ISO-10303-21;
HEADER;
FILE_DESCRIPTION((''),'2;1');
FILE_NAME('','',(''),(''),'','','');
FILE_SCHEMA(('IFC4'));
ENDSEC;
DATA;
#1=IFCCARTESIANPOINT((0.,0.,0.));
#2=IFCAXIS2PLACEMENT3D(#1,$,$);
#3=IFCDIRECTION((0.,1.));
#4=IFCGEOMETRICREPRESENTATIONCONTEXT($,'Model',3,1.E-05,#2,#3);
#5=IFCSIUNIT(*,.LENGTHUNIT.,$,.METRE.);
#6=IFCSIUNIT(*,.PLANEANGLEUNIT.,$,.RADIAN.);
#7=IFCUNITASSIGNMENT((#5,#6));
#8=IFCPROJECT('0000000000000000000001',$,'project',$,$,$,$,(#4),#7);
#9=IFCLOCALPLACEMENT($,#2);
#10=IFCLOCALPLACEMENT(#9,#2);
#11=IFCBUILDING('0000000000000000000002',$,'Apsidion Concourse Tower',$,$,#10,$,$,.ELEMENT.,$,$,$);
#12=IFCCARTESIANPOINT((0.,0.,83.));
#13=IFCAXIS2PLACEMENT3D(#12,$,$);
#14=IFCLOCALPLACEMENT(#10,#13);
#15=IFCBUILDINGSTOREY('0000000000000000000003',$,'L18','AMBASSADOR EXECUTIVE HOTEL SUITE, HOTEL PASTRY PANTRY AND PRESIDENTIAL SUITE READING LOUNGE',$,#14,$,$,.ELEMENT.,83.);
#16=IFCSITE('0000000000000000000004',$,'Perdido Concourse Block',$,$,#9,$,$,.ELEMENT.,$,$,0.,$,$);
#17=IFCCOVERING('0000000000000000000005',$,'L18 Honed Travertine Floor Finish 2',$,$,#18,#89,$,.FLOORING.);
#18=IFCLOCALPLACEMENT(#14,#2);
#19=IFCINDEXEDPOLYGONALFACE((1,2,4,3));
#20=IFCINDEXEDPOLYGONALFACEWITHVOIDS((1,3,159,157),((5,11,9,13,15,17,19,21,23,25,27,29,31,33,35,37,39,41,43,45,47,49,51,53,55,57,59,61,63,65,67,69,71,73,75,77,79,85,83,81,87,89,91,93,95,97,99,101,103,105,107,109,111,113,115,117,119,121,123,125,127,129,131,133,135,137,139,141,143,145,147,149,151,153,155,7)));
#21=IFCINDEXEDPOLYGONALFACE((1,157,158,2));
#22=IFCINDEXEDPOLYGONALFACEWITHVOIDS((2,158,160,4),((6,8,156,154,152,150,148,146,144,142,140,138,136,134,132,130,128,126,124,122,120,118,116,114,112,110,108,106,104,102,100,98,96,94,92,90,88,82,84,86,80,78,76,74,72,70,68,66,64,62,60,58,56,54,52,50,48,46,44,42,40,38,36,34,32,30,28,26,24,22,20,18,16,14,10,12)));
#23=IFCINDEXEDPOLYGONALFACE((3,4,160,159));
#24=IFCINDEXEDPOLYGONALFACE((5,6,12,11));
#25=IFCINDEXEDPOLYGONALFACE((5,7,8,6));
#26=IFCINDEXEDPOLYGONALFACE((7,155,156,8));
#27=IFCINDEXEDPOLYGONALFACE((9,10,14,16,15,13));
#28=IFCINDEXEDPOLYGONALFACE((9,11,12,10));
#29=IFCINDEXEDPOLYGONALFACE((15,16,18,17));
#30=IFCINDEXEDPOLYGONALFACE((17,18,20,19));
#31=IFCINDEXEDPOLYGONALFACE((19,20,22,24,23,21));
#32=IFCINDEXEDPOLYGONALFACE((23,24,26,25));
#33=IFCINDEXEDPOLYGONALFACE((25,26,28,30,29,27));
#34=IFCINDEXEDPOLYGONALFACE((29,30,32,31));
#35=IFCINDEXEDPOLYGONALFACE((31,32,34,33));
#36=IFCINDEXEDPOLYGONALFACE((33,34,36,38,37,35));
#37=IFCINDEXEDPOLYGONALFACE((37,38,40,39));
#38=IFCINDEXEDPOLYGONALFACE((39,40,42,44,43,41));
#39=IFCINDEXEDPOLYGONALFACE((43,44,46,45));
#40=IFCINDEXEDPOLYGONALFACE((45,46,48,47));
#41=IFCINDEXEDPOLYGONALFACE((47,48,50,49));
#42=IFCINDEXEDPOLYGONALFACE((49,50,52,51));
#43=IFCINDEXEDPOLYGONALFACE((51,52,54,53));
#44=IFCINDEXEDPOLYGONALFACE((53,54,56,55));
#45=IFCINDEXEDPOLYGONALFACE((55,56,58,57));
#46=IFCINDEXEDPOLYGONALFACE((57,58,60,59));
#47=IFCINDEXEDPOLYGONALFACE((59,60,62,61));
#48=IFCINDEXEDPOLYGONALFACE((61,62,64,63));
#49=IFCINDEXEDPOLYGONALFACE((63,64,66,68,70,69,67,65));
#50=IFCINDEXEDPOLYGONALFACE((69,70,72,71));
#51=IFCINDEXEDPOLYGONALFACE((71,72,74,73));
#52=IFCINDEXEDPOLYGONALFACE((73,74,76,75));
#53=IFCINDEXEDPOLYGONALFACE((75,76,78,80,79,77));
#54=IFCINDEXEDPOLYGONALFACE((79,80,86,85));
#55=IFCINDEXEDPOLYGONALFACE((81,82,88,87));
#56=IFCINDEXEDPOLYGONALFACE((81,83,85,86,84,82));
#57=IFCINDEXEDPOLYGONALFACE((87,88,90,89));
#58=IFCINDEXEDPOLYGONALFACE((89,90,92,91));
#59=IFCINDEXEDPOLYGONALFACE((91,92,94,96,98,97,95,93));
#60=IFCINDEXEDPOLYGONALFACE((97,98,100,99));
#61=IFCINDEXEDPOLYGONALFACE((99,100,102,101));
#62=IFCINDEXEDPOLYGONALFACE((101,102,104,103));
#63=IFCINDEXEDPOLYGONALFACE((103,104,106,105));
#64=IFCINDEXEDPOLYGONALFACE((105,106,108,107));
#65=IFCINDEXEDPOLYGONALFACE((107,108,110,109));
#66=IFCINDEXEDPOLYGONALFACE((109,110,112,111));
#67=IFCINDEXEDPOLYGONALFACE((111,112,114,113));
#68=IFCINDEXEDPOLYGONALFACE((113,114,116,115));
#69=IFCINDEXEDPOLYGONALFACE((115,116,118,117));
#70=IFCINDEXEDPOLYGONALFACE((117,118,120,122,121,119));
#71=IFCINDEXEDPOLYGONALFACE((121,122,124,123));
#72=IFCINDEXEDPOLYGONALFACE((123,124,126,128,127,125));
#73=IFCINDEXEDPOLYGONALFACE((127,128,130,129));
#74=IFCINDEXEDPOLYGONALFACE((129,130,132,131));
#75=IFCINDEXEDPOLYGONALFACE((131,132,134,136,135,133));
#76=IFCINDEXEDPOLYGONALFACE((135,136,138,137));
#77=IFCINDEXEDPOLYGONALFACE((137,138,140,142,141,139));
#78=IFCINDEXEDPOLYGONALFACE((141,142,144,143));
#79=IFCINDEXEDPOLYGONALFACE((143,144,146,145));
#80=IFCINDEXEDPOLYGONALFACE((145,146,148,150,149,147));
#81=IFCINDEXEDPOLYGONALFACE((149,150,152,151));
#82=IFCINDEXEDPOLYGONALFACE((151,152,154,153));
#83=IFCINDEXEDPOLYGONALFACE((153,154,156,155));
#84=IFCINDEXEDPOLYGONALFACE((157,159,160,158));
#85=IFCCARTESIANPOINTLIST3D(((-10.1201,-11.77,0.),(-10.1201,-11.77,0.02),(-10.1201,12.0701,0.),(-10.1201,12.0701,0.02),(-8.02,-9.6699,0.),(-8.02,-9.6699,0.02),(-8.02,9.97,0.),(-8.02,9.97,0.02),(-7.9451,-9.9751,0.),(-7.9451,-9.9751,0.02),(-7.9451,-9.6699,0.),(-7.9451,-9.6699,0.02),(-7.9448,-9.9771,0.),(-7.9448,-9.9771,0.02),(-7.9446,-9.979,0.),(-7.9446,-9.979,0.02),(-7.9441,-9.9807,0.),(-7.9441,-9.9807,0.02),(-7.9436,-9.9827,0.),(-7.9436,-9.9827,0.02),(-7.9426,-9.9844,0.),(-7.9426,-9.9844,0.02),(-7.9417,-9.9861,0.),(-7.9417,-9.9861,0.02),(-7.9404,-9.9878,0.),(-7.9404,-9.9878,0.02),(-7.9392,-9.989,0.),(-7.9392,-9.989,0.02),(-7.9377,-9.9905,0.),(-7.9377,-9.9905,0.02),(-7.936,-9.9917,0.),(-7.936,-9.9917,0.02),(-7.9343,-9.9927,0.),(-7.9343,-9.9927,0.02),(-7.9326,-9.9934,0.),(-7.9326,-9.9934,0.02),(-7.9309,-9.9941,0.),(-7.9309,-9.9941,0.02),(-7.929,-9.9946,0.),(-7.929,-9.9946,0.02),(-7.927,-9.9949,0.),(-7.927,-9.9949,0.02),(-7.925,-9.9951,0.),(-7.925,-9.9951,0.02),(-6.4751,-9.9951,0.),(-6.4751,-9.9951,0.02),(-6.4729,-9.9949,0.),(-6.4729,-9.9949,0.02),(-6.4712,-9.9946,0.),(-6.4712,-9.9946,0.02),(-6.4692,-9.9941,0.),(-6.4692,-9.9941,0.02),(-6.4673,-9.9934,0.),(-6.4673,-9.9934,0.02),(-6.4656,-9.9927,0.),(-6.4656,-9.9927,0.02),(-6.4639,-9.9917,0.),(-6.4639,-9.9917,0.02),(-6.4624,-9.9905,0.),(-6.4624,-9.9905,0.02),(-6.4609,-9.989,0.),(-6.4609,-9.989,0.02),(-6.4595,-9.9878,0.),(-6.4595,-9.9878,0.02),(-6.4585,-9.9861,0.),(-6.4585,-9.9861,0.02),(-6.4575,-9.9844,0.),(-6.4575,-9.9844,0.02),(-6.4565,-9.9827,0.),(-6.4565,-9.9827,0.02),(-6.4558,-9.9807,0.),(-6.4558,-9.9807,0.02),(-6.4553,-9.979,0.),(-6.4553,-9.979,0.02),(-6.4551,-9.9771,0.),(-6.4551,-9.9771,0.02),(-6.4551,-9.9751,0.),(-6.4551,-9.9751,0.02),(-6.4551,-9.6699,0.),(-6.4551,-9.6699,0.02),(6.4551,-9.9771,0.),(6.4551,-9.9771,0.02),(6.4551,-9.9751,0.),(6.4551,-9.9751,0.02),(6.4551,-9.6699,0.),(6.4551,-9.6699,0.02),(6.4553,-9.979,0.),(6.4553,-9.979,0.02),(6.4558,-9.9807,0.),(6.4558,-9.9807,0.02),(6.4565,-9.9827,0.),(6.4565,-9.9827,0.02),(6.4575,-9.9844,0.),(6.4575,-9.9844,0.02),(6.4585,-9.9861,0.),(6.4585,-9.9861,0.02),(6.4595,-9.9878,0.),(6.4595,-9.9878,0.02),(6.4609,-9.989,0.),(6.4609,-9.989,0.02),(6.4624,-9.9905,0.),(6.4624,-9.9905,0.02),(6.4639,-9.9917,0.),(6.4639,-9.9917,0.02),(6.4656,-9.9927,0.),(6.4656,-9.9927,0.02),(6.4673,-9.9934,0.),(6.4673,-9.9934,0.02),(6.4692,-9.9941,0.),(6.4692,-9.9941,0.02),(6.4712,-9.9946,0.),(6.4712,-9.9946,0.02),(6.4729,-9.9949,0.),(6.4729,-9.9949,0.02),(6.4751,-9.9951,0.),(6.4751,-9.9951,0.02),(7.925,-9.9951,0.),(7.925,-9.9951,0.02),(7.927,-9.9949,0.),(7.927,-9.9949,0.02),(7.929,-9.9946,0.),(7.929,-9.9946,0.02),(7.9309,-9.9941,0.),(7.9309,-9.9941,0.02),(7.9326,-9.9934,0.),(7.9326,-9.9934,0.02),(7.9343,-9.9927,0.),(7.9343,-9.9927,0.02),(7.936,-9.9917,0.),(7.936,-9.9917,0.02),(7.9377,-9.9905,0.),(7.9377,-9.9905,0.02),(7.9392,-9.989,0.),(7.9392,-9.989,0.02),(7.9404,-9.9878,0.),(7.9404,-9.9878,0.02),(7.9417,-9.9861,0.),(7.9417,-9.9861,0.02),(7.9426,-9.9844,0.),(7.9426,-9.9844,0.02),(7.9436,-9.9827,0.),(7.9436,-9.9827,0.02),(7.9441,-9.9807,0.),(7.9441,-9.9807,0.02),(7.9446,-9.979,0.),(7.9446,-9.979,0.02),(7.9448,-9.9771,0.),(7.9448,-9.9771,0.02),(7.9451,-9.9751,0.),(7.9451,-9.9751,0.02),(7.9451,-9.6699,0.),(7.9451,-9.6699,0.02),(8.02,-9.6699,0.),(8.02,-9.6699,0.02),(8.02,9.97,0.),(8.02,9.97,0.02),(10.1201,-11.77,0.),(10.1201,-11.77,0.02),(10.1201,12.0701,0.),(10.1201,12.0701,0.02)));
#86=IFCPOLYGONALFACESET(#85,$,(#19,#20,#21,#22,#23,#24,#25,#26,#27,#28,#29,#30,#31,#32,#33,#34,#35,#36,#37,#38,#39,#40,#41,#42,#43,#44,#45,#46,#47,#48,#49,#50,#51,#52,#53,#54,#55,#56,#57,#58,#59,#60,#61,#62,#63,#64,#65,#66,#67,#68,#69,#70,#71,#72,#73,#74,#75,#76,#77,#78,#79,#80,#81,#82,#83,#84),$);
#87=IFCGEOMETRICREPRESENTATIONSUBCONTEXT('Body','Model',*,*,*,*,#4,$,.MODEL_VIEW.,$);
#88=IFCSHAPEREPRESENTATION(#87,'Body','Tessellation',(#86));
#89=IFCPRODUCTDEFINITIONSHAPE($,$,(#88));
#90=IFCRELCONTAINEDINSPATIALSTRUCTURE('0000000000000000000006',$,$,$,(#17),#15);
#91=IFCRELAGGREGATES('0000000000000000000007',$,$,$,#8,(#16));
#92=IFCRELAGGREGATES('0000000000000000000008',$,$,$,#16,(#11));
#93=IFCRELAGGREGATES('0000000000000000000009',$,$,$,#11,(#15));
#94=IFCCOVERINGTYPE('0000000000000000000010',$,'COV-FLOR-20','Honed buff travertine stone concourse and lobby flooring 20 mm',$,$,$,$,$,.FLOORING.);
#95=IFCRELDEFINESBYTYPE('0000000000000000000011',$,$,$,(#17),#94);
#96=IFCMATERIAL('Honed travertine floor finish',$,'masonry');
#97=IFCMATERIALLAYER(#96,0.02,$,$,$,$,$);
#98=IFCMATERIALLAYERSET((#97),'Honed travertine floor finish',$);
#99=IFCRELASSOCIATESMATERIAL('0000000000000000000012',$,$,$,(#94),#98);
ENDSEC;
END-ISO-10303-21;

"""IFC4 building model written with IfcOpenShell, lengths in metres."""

from ifc_helpers import new_model, si_unit, direction, frame, origin, place, context, subcontext, project, spatial, polyline, outline, extrude, material, layer, layer_set, type_object, element, save


model = new_model("IFC4")

# Units and contexts
model_context = context("Model", 3, precision=1e-05, world=origin(), true_north=direction((0.0, 1.0)))
body_context = subcontext(model_context, "Body", "Model", "MODEL_VIEW")
ifc_project = project(units=[si_unit("LENGTHUNIT", "METRE"), si_unit("PLANEANGLEUNIT", "RADIAN")], contexts=[model_context])

# Site, building, storey
site_placement = place(None, origin())
site = spatial("IfcSite", under=ifc_project, at=site_placement, Name="Perdido Concourse Block", CompositionType="ELEMENT", RefElevation=0.0)
building_placement = place(site_placement, origin())
building = spatial("IfcBuilding", under=site, at=building_placement, Name="Apsidion Concourse Tower", CompositionType="ELEMENT")
storey_placement = place(building_placement, frame((0.0, 0.0, 83.0)))
storey = spatial("IfcBuildingStorey", under=building, at=storey_placement, Name="L18", Description="AMBASSADOR EXECUTIVE HOTEL SUITE, HOTEL PASTRY PANTRY AND PRESIDENTIAL SUITE READING LOUNGE", CompositionType="ELEMENT", Elevation=83.0)

# Covering
ifc_material_1 = material(Name="Honed travertine floor finish", Category="masonry")
ifc_layer_1 = layer(ifc_material_1, 0.02)
ifc_layer_set_1 = layer_set([ifc_layer_1], Name="Honed travertine floor finish")
covering_type_1 = type_object("IfcCoveringType", Name="COV-FLOR-20", Description="Honed buff travertine stone concourse and lobby flooring 20 mm", PredefinedType="FLOORING", material=ifc_layer_set_1)
covering_1_placement = place(storey_placement, origin())
element("IfcCovering", 1, at=covering_1_placement, inside=storey, type_object=covering_type_1, Name="L18 Honed Travertine Floor Finish 2", PredefinedType="FLOORING", context=body_context, shape_type="SweptSolid", body=[
    extrude(outline(polyline([(10.1201, 12.0701), (10.1201, -11.77), (-10.1201, -11.77), (-10.1201, 12.0701), (10.1201, 12.0701)]), holes=[polyline([(-8.02, -9.6699), (-7.9451, -9.6699), (-7.9451, -9.9751), (-7.9448, -9.9771), (-7.9446, -9.979), (-7.9441, -9.9807), (-7.9436, -9.9827), (-7.9426, -9.9844), (-7.9417, -9.9861), (-7.9404, -9.9878), (-7.9392, -9.989), (-7.9377, -9.9905), (-7.936, -9.9917), (-7.9343, -9.9927), (-7.9326, -9.9934), (-7.9309, -9.9941), (-7.929, -9.9946), (-7.927, -9.9949), (-7.925, -9.9951), (-6.4751, -9.9951), (-6.4729, -9.9949), (-6.4712, -9.9946), (-6.4692, -9.9941), (-6.4673, -9.9934), (-6.4656, -9.9927), (-6.4639, -9.9917), (-6.4624, -9.9905), (-6.4609, -9.989), (-6.4595, -9.9878), (-6.4585, -9.9861), (-6.4575, -9.9844), (-6.4565, -9.9827), (-6.4558, -9.9807), (-6.4553, -9.979), (-6.4551, -9.9771), (-6.4551, -9.9751), (-6.4551, -9.6699), (6.4551, -9.6699), (6.4551, -9.9751), (6.4551, -9.9771), (6.4553, -9.979), (6.4558, -9.9807), (6.4565, -9.9827), (6.4575, -9.9844), (6.4585, -9.9861), (6.4595, -9.9878), (6.4609, -9.989), (6.4624, -9.9905), (6.4639, -9.9917), (6.4656, -9.9927), (6.4673, -9.9934), (6.4692, -9.9941), (6.4712, -9.9946), (6.4729, -9.9949), (6.4751, -9.9951), (7.925, -9.9951), (7.927, -9.9949), (7.929, -9.9946), (7.9309, -9.9941), (7.9326, -9.9934), (7.9343, -9.9927), (7.936, -9.9917), (7.9377, -9.9905), (7.9392, -9.989), (7.9404, -9.9878), (7.9417, -9.9861), (7.9426, -9.9844), (7.9436, -9.9827), (7.9441, -9.9807), (7.9446, -9.979), (7.9448, -9.9771), (7.9451, -9.9751), (7.9451, -9.6699), (8.02, -9.6699), (8.02, 9.97), (-8.02, 9.97), (-8.02, -9.6699)])]), origin(), (0.0, 0.0, 1.0), 0.02),
])

save(model, "model.ifc")
